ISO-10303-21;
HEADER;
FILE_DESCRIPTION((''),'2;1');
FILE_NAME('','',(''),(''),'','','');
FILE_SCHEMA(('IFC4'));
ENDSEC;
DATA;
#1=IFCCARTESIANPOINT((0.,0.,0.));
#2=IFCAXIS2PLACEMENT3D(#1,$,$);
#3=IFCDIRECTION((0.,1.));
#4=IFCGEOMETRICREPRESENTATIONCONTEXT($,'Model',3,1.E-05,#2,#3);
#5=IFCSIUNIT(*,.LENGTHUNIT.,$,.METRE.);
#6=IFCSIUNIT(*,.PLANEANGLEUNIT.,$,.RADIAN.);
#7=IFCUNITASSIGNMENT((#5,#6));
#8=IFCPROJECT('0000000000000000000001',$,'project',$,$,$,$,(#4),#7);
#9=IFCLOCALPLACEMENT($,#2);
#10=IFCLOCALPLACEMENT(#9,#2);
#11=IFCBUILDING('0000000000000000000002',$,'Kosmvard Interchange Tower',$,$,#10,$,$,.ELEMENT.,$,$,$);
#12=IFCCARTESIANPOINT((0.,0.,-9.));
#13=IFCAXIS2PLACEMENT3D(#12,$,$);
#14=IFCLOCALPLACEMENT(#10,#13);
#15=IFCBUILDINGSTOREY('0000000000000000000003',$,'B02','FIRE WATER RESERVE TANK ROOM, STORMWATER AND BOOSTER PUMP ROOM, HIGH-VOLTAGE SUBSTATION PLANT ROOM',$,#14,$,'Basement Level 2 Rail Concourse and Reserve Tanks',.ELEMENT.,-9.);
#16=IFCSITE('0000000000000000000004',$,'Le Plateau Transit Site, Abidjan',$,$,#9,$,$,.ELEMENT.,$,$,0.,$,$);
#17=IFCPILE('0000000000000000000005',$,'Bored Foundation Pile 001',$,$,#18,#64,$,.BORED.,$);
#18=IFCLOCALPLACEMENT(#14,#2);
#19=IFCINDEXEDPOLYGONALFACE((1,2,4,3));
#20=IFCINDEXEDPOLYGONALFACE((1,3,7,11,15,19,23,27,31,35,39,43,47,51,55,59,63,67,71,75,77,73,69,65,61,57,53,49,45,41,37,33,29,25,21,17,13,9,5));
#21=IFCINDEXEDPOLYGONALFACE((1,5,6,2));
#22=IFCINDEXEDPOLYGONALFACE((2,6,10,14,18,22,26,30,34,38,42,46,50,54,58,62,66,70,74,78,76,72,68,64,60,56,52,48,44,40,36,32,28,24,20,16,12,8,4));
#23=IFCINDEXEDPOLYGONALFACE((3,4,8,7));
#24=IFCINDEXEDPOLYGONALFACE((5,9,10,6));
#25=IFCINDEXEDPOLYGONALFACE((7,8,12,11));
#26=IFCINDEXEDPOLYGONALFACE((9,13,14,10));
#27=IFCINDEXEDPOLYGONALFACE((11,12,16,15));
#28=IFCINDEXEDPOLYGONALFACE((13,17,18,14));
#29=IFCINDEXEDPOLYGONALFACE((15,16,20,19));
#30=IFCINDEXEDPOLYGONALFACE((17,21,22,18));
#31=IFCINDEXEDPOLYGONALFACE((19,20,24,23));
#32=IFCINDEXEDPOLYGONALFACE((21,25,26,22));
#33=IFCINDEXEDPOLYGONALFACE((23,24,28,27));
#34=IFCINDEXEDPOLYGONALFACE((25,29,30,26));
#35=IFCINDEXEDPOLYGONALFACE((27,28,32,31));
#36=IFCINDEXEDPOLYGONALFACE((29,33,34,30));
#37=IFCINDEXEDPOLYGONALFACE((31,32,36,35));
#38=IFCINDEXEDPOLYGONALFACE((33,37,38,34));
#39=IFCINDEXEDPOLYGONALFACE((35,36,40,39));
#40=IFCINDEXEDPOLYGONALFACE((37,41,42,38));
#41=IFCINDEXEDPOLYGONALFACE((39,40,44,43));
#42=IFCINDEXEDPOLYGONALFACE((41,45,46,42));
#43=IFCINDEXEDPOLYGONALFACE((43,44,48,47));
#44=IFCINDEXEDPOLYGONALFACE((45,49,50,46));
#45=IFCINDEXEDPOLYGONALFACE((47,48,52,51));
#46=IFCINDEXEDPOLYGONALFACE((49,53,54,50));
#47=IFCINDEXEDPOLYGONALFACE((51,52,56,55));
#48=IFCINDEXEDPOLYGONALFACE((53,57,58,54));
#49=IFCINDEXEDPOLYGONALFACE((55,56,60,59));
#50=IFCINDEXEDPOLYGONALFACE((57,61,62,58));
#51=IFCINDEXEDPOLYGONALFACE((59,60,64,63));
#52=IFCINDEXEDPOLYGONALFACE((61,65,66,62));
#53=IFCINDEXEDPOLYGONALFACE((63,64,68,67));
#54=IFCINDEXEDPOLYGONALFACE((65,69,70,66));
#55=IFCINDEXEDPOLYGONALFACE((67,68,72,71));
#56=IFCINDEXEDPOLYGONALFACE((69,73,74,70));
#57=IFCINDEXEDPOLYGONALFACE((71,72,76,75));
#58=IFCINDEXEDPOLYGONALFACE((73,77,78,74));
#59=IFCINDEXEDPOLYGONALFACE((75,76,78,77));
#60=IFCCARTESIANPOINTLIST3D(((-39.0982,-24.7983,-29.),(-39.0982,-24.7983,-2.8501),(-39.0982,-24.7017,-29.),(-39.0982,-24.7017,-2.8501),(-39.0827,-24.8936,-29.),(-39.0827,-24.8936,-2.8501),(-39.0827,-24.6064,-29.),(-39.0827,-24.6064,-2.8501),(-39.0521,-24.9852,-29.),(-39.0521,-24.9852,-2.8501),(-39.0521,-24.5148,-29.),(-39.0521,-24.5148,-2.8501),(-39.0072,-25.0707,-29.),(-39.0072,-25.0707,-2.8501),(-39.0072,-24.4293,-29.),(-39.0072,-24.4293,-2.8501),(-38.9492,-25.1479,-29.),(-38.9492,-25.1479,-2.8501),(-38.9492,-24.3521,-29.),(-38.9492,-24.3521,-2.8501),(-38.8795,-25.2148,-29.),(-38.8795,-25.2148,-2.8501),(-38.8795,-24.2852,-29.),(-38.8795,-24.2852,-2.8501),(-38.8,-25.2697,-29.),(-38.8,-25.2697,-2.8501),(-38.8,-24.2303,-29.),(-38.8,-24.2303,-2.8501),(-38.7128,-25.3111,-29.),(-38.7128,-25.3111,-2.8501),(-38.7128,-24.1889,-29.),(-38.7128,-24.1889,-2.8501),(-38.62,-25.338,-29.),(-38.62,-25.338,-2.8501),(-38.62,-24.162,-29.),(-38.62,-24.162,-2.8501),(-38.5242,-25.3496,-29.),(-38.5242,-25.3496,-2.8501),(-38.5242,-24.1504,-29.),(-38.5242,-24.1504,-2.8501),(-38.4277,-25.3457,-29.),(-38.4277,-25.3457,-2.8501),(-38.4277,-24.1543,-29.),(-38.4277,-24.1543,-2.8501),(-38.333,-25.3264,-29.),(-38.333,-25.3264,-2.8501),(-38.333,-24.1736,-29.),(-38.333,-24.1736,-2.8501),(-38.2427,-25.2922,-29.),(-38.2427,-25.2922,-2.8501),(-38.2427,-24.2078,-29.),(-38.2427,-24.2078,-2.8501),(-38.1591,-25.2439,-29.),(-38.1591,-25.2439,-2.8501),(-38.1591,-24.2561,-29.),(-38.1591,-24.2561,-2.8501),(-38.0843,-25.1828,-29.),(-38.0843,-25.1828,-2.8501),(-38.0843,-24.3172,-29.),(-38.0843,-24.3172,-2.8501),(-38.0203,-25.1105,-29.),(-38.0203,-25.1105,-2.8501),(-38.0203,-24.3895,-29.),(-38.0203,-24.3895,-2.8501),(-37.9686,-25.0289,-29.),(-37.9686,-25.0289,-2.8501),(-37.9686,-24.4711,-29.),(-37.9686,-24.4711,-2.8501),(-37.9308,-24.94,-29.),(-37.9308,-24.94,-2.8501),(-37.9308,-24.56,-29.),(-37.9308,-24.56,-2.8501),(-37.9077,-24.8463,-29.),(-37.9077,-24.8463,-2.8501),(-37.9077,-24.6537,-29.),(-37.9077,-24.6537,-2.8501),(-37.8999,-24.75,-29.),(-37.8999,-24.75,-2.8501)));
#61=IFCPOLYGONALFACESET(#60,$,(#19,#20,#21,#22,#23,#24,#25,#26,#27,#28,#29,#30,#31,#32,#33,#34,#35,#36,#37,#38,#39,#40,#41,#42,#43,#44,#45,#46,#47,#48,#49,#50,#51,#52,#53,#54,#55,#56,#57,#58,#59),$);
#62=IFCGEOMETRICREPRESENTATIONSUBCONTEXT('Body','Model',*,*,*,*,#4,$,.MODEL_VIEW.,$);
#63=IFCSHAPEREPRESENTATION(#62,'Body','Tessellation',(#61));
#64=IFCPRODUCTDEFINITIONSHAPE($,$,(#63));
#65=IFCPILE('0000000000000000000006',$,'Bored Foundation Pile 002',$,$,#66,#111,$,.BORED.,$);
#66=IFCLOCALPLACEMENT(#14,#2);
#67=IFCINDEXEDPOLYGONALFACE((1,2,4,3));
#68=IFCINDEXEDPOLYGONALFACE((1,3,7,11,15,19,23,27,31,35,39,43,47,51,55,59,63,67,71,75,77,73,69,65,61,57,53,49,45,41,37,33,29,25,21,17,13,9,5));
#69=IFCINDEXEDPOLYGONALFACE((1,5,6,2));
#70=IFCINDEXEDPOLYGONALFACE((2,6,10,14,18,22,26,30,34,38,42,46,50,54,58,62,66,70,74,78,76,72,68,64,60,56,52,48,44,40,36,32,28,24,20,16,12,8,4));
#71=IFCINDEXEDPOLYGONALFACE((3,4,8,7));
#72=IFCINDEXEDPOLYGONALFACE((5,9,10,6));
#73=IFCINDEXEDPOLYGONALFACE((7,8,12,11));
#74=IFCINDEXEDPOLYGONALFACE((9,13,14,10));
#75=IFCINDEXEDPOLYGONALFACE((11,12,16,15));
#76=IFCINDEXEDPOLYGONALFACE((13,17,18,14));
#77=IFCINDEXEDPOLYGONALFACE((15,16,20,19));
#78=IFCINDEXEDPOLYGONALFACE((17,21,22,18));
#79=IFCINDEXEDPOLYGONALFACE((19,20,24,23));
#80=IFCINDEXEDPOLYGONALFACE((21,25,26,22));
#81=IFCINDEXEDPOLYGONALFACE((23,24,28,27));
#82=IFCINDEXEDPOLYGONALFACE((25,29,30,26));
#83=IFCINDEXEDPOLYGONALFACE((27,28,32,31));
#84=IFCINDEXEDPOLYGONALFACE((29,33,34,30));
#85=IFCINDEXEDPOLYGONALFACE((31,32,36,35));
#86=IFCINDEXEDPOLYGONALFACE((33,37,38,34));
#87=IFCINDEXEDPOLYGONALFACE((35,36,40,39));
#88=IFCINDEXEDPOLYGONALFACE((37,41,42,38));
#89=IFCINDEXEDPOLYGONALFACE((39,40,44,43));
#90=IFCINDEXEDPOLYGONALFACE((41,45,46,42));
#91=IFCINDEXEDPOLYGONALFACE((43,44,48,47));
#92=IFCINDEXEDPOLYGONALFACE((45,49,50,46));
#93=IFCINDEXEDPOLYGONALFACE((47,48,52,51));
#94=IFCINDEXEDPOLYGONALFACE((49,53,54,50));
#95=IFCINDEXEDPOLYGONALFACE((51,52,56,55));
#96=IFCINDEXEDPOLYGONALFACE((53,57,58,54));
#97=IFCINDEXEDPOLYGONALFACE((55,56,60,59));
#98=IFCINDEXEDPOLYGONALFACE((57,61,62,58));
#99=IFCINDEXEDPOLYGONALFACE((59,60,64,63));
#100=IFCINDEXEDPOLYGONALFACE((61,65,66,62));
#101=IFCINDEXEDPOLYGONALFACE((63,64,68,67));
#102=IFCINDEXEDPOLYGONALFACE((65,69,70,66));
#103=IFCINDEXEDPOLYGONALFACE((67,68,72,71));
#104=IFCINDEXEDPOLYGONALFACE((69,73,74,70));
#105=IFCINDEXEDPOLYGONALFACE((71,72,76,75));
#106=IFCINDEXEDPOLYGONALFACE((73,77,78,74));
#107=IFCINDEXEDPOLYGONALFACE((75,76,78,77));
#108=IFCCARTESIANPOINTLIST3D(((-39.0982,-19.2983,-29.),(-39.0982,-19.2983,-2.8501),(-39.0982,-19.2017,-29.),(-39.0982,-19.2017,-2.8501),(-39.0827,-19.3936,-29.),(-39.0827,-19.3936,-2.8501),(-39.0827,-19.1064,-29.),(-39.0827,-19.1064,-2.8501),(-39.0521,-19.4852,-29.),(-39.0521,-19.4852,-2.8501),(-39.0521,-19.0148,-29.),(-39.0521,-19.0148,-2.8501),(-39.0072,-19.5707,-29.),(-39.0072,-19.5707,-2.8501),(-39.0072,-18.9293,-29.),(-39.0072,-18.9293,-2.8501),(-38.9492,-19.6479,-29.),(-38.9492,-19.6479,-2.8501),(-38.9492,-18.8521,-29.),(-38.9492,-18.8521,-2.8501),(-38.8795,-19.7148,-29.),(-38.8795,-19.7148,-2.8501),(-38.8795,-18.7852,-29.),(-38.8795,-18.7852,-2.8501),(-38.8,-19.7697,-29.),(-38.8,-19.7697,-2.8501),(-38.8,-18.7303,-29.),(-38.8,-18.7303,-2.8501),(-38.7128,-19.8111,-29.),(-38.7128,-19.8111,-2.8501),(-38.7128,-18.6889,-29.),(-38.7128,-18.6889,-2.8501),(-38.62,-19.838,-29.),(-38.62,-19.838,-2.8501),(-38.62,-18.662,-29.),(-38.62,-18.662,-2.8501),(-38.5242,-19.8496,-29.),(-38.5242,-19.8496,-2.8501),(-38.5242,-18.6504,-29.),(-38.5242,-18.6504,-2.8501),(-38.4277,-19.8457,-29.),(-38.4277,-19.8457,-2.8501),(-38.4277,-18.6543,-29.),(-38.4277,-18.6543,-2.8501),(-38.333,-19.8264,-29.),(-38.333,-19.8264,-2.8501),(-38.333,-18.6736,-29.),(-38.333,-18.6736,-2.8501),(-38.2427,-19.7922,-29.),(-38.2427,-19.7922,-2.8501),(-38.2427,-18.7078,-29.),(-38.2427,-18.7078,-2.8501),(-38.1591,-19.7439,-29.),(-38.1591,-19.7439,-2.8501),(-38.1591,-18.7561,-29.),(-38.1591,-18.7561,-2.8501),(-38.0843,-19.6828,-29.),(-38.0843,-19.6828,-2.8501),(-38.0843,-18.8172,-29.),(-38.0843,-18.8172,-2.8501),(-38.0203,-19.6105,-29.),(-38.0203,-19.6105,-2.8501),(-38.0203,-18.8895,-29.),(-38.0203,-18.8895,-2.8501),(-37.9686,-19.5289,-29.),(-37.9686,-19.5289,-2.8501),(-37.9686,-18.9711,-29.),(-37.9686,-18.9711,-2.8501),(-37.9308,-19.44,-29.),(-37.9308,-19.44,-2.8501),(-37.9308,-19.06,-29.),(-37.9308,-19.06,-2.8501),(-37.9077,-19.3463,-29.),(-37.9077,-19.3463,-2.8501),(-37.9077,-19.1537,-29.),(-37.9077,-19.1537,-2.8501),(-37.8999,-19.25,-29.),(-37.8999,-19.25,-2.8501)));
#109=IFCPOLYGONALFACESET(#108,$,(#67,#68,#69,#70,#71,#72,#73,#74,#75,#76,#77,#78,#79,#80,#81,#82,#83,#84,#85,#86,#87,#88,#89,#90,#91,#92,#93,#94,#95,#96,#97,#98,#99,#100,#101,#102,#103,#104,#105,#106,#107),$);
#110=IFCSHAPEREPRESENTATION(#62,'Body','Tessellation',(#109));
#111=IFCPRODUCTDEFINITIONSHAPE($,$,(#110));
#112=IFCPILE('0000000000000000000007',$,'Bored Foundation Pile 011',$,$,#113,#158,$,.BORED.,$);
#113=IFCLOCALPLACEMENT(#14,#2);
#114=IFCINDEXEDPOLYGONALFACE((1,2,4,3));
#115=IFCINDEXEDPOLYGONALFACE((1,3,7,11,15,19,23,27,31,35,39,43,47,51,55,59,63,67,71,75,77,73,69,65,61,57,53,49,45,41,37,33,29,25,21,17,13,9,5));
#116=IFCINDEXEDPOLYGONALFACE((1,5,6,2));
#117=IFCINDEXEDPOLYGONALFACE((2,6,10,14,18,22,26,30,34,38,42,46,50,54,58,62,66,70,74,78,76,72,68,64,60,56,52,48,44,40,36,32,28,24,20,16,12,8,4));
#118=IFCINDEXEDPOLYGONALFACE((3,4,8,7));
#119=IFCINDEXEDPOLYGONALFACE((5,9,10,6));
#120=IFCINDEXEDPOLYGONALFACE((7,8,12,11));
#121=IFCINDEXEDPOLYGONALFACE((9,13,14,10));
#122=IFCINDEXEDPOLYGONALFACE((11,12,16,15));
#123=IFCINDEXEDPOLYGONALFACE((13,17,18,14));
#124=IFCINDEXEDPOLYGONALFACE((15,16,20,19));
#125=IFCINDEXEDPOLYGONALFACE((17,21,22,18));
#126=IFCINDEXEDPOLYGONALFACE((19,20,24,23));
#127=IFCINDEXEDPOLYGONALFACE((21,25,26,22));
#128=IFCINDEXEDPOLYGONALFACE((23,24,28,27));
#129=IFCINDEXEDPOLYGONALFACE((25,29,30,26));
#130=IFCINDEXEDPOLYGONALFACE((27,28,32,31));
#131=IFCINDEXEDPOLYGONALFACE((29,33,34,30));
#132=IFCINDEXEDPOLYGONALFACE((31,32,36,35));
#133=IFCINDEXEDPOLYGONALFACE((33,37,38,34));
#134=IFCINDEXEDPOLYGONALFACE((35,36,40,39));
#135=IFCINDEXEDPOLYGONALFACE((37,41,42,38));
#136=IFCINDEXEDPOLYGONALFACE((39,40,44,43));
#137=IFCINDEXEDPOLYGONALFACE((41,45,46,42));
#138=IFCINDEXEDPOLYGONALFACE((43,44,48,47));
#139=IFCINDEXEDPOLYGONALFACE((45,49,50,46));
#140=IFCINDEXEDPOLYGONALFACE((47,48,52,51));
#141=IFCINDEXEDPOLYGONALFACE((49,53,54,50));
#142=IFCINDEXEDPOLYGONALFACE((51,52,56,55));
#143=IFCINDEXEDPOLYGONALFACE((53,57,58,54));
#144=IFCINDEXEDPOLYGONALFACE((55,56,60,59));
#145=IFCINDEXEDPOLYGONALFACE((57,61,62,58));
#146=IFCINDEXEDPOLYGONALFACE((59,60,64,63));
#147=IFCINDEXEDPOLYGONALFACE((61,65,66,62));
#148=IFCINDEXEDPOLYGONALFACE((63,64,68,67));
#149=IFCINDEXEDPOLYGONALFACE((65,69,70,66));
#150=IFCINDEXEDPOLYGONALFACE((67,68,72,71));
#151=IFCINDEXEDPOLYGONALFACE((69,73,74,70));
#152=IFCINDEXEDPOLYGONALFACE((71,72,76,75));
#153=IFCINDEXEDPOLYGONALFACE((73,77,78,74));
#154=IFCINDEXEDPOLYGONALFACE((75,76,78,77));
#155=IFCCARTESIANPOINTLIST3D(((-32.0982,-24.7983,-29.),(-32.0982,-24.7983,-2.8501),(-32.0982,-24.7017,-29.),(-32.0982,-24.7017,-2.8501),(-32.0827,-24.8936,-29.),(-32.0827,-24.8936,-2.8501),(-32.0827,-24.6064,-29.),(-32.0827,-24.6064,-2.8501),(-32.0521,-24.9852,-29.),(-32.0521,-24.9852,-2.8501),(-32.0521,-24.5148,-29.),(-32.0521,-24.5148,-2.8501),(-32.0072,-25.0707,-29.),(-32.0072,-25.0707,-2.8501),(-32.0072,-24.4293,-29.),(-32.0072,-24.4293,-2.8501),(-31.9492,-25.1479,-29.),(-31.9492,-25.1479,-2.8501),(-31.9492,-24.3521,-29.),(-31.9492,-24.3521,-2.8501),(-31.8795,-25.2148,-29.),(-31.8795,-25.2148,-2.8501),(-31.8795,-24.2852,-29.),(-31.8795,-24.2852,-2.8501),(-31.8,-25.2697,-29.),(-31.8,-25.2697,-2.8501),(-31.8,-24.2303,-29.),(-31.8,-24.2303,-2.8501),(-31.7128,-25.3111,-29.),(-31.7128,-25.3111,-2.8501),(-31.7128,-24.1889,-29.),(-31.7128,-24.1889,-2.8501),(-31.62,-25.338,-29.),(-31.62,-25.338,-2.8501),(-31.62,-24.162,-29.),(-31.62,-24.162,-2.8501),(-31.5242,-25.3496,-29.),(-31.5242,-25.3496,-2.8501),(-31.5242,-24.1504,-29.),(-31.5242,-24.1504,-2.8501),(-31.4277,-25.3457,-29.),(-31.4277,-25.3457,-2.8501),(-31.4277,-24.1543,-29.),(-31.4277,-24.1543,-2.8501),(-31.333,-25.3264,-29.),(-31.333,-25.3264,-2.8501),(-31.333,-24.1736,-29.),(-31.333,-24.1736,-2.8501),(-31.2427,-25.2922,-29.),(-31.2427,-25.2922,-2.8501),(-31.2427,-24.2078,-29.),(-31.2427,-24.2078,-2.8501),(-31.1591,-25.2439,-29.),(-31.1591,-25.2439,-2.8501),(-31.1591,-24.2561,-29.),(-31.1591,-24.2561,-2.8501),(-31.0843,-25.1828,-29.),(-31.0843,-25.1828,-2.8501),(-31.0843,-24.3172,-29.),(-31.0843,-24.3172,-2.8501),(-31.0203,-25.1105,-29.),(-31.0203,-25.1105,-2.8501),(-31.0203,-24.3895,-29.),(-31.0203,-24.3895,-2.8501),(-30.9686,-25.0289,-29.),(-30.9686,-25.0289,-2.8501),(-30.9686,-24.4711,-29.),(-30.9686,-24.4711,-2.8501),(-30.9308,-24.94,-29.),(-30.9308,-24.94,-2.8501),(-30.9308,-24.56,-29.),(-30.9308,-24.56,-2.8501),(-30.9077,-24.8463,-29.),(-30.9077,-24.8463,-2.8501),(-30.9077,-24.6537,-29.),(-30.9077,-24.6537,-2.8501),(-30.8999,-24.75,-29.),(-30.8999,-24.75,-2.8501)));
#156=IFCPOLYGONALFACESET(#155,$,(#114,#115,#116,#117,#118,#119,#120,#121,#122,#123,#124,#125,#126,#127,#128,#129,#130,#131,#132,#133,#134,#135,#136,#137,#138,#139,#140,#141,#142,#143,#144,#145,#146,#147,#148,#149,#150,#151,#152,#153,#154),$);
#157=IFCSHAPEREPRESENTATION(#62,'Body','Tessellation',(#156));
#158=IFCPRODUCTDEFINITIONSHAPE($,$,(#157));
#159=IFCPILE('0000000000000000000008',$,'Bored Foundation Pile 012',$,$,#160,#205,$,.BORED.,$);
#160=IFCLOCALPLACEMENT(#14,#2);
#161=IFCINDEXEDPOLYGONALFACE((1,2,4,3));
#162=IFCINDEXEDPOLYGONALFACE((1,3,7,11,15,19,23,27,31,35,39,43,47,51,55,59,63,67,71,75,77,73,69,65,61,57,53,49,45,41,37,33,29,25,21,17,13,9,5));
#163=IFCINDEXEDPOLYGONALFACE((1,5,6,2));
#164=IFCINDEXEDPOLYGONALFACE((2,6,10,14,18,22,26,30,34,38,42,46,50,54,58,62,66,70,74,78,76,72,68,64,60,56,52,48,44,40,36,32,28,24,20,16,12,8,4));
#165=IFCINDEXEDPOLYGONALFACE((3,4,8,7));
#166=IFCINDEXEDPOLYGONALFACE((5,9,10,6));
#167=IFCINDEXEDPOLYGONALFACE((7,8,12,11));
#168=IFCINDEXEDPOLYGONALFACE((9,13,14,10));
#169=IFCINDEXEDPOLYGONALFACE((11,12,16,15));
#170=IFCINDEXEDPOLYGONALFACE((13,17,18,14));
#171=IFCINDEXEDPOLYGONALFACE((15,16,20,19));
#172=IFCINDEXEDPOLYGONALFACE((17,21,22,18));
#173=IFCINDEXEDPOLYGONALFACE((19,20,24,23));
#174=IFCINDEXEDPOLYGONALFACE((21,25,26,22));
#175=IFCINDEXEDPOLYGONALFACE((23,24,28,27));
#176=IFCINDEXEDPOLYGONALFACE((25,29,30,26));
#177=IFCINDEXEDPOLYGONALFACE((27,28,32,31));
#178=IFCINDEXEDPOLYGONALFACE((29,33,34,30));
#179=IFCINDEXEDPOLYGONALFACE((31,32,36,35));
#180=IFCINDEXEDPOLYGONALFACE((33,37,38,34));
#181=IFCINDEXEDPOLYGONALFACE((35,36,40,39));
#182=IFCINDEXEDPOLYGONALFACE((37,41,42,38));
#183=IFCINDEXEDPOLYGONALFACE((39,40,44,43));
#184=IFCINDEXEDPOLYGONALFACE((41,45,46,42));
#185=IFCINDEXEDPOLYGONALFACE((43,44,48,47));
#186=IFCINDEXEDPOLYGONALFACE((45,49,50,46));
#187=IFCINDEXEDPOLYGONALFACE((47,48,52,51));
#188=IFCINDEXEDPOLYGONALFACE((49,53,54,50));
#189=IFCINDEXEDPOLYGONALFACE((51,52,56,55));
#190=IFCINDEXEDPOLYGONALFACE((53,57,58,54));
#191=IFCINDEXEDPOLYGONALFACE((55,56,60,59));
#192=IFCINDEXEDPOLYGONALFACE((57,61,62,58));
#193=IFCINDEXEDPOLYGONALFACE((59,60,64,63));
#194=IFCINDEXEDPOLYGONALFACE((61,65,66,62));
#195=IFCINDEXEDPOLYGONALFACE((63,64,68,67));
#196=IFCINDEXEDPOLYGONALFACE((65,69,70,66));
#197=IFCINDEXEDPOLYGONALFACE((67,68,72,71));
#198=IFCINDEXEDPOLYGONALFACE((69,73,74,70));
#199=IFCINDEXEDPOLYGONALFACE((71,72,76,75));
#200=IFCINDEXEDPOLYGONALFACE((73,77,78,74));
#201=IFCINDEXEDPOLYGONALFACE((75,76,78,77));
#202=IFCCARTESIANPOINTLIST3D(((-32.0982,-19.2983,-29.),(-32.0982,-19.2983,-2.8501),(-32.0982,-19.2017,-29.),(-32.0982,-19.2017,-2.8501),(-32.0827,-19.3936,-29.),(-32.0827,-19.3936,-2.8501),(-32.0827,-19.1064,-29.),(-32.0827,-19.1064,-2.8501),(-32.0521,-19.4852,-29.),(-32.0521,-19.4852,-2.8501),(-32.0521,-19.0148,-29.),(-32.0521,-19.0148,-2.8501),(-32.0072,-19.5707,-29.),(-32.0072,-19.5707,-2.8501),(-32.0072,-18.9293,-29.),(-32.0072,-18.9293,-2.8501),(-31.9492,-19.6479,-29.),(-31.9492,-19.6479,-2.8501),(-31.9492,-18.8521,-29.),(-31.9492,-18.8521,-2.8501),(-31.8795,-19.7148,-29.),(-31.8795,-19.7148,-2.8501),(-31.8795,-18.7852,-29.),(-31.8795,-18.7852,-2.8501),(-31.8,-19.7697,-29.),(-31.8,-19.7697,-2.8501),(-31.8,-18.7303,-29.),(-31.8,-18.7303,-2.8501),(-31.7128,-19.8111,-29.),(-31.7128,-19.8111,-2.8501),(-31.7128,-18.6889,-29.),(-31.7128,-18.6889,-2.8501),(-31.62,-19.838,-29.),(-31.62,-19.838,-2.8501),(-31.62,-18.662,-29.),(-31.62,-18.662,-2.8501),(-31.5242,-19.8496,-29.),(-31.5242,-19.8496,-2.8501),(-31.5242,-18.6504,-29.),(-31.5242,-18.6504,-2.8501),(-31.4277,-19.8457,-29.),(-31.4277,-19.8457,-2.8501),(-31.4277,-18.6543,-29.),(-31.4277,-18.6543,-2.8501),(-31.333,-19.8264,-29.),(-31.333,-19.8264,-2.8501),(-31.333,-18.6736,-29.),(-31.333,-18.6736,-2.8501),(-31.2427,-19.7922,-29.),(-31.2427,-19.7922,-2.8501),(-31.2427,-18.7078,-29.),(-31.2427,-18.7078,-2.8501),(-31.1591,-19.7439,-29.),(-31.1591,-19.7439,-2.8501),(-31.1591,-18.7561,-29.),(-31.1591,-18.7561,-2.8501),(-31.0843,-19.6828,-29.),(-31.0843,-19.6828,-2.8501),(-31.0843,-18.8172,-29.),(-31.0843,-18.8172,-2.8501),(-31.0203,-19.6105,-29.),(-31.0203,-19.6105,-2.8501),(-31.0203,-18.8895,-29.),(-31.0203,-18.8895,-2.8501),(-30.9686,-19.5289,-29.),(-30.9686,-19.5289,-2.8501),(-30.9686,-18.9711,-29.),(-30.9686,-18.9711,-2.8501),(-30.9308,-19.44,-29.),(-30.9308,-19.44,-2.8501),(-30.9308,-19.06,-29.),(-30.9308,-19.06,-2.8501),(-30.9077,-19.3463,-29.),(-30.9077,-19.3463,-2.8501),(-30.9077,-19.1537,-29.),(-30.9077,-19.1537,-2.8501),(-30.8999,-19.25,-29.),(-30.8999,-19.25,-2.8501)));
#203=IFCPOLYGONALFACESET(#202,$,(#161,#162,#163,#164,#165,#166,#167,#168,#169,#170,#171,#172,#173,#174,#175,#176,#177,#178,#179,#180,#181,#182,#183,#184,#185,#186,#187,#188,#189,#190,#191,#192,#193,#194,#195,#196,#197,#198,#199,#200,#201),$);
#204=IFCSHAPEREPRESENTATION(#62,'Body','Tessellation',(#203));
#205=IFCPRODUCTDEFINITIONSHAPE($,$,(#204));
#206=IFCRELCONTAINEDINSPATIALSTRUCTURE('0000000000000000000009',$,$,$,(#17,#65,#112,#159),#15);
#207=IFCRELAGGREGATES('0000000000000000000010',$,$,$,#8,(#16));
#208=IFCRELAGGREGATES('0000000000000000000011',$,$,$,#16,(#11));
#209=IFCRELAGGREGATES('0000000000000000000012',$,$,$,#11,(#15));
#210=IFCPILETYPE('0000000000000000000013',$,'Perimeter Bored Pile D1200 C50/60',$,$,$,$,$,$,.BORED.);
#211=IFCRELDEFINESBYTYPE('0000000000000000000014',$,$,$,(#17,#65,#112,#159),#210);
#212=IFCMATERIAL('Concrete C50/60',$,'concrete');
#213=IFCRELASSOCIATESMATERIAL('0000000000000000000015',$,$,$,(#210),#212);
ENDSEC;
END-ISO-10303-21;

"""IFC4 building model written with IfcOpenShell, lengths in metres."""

from ifc_helpers import new_model, si_unit, direction, frame, origin, origin_2d, place, context, subcontext, project, spatial, circle, extrude, source, transform, mapped, material, material_profile, profile_set, type_object, element, save


model = new_model("IFC4")

# Units and contexts
model_context = context("Model", 3, precision=1e-05, world=origin(), true_north=direction((0.0, 1.0)))
body_context = subcontext(model_context, "Body", "Model", "MODEL_VIEW")
ifc_project = project(units=[si_unit("LENGTHUNIT", "METRE"), si_unit("PLANEANGLEUNIT", "RADIAN")], contexts=[model_context])

# Site, building, storey
site_placement = place(None, origin())
site = spatial("IfcSite", under=ifc_project, at=site_placement, Name="Le Plateau Transit Site, Abidjan", CompositionType="ELEMENT", RefElevation=0.0)
building_placement = place(site_placement, origin())
building = spatial("IfcBuilding", under=site, at=building_placement, Name="Kosmvard Interchange Tower", CompositionType="ELEMENT")
storey_placement = place(building_placement, frame((0.0, 0.0, -9.0)))
storey = spatial("IfcBuildingStorey", under=building, at=storey_placement, Name="B02", Description="FIRE WATER RESERVE TANK ROOM, STORMWATER AND BOOSTER PUMP ROOM, HIGH-VOLTAGE SUBSTATION PLANT ROOM", LongName="Basement Level 2 Rail Concourse and Reserve Tanks", CompositionType="ELEMENT", Elevation=-9.0)

# Piles
ifc_material_1 = material(Name="Concrete C50/60", Category="concrete")
ifc_material_profile_1 = material_profile(ifc_material_1, circle(Radius=0.6001, at=origin_2d()), Name="PILE D1200")
ifc_profile_set_1 = profile_set([ifc_material_profile_1], Name="Concrete C50/60")
pile_type = type_object("IfcPileType", Name="Perimeter Bored Pile D1200 C50/60", PredefinedType="BORED", material=ifc_profile_set_1)
shared_shape_1 = source(origin(), body_context, "Body", "SweptSolid", [
    extrude(circle(Radius=0.6001, at=origin_2d()), origin(), (0.0, 0.0, 1.0), 26.1499),
])
for number, where, z_axis, x_axis, name in (
    (1, (-38.5, -24.75, -2.8501), (0.0, 0.0, -1.0), (1.0, 0.0, 0.0), "Bored Foundation Pile 001"),
    (2, (-38.5, -19.25, -2.8501), (0.0, 0.0, -1.0), (1.0, 0.0, 0.0), "Bored Foundation Pile 002"),
    (3, (-31.5, -24.75, -2.8501), (0.0, 0.0, -1.0), (1.0, 0.0, 0.0), "Bored Foundation Pile 011"),
    (4, (-31.5, -19.25, -2.8501), (0.0, 0.0, -1.0), (1.0, 0.0, 0.0), "Bored Foundation Pile 012"),
):
    element("IfcPile", number, at=place(storey_placement, frame(where, z_axis=z_axis, x_axis=x_axis)), inside=storey, type_object=pile_type, Name=name, PredefinedType="BORED", context=body_context, shape_type="MappedRepresentation", body=[
        mapped(shared_shape_1, transform((0.0, 0.0, 0.0), scale=1.0)),
    ])

save(model, "model.ifc")
